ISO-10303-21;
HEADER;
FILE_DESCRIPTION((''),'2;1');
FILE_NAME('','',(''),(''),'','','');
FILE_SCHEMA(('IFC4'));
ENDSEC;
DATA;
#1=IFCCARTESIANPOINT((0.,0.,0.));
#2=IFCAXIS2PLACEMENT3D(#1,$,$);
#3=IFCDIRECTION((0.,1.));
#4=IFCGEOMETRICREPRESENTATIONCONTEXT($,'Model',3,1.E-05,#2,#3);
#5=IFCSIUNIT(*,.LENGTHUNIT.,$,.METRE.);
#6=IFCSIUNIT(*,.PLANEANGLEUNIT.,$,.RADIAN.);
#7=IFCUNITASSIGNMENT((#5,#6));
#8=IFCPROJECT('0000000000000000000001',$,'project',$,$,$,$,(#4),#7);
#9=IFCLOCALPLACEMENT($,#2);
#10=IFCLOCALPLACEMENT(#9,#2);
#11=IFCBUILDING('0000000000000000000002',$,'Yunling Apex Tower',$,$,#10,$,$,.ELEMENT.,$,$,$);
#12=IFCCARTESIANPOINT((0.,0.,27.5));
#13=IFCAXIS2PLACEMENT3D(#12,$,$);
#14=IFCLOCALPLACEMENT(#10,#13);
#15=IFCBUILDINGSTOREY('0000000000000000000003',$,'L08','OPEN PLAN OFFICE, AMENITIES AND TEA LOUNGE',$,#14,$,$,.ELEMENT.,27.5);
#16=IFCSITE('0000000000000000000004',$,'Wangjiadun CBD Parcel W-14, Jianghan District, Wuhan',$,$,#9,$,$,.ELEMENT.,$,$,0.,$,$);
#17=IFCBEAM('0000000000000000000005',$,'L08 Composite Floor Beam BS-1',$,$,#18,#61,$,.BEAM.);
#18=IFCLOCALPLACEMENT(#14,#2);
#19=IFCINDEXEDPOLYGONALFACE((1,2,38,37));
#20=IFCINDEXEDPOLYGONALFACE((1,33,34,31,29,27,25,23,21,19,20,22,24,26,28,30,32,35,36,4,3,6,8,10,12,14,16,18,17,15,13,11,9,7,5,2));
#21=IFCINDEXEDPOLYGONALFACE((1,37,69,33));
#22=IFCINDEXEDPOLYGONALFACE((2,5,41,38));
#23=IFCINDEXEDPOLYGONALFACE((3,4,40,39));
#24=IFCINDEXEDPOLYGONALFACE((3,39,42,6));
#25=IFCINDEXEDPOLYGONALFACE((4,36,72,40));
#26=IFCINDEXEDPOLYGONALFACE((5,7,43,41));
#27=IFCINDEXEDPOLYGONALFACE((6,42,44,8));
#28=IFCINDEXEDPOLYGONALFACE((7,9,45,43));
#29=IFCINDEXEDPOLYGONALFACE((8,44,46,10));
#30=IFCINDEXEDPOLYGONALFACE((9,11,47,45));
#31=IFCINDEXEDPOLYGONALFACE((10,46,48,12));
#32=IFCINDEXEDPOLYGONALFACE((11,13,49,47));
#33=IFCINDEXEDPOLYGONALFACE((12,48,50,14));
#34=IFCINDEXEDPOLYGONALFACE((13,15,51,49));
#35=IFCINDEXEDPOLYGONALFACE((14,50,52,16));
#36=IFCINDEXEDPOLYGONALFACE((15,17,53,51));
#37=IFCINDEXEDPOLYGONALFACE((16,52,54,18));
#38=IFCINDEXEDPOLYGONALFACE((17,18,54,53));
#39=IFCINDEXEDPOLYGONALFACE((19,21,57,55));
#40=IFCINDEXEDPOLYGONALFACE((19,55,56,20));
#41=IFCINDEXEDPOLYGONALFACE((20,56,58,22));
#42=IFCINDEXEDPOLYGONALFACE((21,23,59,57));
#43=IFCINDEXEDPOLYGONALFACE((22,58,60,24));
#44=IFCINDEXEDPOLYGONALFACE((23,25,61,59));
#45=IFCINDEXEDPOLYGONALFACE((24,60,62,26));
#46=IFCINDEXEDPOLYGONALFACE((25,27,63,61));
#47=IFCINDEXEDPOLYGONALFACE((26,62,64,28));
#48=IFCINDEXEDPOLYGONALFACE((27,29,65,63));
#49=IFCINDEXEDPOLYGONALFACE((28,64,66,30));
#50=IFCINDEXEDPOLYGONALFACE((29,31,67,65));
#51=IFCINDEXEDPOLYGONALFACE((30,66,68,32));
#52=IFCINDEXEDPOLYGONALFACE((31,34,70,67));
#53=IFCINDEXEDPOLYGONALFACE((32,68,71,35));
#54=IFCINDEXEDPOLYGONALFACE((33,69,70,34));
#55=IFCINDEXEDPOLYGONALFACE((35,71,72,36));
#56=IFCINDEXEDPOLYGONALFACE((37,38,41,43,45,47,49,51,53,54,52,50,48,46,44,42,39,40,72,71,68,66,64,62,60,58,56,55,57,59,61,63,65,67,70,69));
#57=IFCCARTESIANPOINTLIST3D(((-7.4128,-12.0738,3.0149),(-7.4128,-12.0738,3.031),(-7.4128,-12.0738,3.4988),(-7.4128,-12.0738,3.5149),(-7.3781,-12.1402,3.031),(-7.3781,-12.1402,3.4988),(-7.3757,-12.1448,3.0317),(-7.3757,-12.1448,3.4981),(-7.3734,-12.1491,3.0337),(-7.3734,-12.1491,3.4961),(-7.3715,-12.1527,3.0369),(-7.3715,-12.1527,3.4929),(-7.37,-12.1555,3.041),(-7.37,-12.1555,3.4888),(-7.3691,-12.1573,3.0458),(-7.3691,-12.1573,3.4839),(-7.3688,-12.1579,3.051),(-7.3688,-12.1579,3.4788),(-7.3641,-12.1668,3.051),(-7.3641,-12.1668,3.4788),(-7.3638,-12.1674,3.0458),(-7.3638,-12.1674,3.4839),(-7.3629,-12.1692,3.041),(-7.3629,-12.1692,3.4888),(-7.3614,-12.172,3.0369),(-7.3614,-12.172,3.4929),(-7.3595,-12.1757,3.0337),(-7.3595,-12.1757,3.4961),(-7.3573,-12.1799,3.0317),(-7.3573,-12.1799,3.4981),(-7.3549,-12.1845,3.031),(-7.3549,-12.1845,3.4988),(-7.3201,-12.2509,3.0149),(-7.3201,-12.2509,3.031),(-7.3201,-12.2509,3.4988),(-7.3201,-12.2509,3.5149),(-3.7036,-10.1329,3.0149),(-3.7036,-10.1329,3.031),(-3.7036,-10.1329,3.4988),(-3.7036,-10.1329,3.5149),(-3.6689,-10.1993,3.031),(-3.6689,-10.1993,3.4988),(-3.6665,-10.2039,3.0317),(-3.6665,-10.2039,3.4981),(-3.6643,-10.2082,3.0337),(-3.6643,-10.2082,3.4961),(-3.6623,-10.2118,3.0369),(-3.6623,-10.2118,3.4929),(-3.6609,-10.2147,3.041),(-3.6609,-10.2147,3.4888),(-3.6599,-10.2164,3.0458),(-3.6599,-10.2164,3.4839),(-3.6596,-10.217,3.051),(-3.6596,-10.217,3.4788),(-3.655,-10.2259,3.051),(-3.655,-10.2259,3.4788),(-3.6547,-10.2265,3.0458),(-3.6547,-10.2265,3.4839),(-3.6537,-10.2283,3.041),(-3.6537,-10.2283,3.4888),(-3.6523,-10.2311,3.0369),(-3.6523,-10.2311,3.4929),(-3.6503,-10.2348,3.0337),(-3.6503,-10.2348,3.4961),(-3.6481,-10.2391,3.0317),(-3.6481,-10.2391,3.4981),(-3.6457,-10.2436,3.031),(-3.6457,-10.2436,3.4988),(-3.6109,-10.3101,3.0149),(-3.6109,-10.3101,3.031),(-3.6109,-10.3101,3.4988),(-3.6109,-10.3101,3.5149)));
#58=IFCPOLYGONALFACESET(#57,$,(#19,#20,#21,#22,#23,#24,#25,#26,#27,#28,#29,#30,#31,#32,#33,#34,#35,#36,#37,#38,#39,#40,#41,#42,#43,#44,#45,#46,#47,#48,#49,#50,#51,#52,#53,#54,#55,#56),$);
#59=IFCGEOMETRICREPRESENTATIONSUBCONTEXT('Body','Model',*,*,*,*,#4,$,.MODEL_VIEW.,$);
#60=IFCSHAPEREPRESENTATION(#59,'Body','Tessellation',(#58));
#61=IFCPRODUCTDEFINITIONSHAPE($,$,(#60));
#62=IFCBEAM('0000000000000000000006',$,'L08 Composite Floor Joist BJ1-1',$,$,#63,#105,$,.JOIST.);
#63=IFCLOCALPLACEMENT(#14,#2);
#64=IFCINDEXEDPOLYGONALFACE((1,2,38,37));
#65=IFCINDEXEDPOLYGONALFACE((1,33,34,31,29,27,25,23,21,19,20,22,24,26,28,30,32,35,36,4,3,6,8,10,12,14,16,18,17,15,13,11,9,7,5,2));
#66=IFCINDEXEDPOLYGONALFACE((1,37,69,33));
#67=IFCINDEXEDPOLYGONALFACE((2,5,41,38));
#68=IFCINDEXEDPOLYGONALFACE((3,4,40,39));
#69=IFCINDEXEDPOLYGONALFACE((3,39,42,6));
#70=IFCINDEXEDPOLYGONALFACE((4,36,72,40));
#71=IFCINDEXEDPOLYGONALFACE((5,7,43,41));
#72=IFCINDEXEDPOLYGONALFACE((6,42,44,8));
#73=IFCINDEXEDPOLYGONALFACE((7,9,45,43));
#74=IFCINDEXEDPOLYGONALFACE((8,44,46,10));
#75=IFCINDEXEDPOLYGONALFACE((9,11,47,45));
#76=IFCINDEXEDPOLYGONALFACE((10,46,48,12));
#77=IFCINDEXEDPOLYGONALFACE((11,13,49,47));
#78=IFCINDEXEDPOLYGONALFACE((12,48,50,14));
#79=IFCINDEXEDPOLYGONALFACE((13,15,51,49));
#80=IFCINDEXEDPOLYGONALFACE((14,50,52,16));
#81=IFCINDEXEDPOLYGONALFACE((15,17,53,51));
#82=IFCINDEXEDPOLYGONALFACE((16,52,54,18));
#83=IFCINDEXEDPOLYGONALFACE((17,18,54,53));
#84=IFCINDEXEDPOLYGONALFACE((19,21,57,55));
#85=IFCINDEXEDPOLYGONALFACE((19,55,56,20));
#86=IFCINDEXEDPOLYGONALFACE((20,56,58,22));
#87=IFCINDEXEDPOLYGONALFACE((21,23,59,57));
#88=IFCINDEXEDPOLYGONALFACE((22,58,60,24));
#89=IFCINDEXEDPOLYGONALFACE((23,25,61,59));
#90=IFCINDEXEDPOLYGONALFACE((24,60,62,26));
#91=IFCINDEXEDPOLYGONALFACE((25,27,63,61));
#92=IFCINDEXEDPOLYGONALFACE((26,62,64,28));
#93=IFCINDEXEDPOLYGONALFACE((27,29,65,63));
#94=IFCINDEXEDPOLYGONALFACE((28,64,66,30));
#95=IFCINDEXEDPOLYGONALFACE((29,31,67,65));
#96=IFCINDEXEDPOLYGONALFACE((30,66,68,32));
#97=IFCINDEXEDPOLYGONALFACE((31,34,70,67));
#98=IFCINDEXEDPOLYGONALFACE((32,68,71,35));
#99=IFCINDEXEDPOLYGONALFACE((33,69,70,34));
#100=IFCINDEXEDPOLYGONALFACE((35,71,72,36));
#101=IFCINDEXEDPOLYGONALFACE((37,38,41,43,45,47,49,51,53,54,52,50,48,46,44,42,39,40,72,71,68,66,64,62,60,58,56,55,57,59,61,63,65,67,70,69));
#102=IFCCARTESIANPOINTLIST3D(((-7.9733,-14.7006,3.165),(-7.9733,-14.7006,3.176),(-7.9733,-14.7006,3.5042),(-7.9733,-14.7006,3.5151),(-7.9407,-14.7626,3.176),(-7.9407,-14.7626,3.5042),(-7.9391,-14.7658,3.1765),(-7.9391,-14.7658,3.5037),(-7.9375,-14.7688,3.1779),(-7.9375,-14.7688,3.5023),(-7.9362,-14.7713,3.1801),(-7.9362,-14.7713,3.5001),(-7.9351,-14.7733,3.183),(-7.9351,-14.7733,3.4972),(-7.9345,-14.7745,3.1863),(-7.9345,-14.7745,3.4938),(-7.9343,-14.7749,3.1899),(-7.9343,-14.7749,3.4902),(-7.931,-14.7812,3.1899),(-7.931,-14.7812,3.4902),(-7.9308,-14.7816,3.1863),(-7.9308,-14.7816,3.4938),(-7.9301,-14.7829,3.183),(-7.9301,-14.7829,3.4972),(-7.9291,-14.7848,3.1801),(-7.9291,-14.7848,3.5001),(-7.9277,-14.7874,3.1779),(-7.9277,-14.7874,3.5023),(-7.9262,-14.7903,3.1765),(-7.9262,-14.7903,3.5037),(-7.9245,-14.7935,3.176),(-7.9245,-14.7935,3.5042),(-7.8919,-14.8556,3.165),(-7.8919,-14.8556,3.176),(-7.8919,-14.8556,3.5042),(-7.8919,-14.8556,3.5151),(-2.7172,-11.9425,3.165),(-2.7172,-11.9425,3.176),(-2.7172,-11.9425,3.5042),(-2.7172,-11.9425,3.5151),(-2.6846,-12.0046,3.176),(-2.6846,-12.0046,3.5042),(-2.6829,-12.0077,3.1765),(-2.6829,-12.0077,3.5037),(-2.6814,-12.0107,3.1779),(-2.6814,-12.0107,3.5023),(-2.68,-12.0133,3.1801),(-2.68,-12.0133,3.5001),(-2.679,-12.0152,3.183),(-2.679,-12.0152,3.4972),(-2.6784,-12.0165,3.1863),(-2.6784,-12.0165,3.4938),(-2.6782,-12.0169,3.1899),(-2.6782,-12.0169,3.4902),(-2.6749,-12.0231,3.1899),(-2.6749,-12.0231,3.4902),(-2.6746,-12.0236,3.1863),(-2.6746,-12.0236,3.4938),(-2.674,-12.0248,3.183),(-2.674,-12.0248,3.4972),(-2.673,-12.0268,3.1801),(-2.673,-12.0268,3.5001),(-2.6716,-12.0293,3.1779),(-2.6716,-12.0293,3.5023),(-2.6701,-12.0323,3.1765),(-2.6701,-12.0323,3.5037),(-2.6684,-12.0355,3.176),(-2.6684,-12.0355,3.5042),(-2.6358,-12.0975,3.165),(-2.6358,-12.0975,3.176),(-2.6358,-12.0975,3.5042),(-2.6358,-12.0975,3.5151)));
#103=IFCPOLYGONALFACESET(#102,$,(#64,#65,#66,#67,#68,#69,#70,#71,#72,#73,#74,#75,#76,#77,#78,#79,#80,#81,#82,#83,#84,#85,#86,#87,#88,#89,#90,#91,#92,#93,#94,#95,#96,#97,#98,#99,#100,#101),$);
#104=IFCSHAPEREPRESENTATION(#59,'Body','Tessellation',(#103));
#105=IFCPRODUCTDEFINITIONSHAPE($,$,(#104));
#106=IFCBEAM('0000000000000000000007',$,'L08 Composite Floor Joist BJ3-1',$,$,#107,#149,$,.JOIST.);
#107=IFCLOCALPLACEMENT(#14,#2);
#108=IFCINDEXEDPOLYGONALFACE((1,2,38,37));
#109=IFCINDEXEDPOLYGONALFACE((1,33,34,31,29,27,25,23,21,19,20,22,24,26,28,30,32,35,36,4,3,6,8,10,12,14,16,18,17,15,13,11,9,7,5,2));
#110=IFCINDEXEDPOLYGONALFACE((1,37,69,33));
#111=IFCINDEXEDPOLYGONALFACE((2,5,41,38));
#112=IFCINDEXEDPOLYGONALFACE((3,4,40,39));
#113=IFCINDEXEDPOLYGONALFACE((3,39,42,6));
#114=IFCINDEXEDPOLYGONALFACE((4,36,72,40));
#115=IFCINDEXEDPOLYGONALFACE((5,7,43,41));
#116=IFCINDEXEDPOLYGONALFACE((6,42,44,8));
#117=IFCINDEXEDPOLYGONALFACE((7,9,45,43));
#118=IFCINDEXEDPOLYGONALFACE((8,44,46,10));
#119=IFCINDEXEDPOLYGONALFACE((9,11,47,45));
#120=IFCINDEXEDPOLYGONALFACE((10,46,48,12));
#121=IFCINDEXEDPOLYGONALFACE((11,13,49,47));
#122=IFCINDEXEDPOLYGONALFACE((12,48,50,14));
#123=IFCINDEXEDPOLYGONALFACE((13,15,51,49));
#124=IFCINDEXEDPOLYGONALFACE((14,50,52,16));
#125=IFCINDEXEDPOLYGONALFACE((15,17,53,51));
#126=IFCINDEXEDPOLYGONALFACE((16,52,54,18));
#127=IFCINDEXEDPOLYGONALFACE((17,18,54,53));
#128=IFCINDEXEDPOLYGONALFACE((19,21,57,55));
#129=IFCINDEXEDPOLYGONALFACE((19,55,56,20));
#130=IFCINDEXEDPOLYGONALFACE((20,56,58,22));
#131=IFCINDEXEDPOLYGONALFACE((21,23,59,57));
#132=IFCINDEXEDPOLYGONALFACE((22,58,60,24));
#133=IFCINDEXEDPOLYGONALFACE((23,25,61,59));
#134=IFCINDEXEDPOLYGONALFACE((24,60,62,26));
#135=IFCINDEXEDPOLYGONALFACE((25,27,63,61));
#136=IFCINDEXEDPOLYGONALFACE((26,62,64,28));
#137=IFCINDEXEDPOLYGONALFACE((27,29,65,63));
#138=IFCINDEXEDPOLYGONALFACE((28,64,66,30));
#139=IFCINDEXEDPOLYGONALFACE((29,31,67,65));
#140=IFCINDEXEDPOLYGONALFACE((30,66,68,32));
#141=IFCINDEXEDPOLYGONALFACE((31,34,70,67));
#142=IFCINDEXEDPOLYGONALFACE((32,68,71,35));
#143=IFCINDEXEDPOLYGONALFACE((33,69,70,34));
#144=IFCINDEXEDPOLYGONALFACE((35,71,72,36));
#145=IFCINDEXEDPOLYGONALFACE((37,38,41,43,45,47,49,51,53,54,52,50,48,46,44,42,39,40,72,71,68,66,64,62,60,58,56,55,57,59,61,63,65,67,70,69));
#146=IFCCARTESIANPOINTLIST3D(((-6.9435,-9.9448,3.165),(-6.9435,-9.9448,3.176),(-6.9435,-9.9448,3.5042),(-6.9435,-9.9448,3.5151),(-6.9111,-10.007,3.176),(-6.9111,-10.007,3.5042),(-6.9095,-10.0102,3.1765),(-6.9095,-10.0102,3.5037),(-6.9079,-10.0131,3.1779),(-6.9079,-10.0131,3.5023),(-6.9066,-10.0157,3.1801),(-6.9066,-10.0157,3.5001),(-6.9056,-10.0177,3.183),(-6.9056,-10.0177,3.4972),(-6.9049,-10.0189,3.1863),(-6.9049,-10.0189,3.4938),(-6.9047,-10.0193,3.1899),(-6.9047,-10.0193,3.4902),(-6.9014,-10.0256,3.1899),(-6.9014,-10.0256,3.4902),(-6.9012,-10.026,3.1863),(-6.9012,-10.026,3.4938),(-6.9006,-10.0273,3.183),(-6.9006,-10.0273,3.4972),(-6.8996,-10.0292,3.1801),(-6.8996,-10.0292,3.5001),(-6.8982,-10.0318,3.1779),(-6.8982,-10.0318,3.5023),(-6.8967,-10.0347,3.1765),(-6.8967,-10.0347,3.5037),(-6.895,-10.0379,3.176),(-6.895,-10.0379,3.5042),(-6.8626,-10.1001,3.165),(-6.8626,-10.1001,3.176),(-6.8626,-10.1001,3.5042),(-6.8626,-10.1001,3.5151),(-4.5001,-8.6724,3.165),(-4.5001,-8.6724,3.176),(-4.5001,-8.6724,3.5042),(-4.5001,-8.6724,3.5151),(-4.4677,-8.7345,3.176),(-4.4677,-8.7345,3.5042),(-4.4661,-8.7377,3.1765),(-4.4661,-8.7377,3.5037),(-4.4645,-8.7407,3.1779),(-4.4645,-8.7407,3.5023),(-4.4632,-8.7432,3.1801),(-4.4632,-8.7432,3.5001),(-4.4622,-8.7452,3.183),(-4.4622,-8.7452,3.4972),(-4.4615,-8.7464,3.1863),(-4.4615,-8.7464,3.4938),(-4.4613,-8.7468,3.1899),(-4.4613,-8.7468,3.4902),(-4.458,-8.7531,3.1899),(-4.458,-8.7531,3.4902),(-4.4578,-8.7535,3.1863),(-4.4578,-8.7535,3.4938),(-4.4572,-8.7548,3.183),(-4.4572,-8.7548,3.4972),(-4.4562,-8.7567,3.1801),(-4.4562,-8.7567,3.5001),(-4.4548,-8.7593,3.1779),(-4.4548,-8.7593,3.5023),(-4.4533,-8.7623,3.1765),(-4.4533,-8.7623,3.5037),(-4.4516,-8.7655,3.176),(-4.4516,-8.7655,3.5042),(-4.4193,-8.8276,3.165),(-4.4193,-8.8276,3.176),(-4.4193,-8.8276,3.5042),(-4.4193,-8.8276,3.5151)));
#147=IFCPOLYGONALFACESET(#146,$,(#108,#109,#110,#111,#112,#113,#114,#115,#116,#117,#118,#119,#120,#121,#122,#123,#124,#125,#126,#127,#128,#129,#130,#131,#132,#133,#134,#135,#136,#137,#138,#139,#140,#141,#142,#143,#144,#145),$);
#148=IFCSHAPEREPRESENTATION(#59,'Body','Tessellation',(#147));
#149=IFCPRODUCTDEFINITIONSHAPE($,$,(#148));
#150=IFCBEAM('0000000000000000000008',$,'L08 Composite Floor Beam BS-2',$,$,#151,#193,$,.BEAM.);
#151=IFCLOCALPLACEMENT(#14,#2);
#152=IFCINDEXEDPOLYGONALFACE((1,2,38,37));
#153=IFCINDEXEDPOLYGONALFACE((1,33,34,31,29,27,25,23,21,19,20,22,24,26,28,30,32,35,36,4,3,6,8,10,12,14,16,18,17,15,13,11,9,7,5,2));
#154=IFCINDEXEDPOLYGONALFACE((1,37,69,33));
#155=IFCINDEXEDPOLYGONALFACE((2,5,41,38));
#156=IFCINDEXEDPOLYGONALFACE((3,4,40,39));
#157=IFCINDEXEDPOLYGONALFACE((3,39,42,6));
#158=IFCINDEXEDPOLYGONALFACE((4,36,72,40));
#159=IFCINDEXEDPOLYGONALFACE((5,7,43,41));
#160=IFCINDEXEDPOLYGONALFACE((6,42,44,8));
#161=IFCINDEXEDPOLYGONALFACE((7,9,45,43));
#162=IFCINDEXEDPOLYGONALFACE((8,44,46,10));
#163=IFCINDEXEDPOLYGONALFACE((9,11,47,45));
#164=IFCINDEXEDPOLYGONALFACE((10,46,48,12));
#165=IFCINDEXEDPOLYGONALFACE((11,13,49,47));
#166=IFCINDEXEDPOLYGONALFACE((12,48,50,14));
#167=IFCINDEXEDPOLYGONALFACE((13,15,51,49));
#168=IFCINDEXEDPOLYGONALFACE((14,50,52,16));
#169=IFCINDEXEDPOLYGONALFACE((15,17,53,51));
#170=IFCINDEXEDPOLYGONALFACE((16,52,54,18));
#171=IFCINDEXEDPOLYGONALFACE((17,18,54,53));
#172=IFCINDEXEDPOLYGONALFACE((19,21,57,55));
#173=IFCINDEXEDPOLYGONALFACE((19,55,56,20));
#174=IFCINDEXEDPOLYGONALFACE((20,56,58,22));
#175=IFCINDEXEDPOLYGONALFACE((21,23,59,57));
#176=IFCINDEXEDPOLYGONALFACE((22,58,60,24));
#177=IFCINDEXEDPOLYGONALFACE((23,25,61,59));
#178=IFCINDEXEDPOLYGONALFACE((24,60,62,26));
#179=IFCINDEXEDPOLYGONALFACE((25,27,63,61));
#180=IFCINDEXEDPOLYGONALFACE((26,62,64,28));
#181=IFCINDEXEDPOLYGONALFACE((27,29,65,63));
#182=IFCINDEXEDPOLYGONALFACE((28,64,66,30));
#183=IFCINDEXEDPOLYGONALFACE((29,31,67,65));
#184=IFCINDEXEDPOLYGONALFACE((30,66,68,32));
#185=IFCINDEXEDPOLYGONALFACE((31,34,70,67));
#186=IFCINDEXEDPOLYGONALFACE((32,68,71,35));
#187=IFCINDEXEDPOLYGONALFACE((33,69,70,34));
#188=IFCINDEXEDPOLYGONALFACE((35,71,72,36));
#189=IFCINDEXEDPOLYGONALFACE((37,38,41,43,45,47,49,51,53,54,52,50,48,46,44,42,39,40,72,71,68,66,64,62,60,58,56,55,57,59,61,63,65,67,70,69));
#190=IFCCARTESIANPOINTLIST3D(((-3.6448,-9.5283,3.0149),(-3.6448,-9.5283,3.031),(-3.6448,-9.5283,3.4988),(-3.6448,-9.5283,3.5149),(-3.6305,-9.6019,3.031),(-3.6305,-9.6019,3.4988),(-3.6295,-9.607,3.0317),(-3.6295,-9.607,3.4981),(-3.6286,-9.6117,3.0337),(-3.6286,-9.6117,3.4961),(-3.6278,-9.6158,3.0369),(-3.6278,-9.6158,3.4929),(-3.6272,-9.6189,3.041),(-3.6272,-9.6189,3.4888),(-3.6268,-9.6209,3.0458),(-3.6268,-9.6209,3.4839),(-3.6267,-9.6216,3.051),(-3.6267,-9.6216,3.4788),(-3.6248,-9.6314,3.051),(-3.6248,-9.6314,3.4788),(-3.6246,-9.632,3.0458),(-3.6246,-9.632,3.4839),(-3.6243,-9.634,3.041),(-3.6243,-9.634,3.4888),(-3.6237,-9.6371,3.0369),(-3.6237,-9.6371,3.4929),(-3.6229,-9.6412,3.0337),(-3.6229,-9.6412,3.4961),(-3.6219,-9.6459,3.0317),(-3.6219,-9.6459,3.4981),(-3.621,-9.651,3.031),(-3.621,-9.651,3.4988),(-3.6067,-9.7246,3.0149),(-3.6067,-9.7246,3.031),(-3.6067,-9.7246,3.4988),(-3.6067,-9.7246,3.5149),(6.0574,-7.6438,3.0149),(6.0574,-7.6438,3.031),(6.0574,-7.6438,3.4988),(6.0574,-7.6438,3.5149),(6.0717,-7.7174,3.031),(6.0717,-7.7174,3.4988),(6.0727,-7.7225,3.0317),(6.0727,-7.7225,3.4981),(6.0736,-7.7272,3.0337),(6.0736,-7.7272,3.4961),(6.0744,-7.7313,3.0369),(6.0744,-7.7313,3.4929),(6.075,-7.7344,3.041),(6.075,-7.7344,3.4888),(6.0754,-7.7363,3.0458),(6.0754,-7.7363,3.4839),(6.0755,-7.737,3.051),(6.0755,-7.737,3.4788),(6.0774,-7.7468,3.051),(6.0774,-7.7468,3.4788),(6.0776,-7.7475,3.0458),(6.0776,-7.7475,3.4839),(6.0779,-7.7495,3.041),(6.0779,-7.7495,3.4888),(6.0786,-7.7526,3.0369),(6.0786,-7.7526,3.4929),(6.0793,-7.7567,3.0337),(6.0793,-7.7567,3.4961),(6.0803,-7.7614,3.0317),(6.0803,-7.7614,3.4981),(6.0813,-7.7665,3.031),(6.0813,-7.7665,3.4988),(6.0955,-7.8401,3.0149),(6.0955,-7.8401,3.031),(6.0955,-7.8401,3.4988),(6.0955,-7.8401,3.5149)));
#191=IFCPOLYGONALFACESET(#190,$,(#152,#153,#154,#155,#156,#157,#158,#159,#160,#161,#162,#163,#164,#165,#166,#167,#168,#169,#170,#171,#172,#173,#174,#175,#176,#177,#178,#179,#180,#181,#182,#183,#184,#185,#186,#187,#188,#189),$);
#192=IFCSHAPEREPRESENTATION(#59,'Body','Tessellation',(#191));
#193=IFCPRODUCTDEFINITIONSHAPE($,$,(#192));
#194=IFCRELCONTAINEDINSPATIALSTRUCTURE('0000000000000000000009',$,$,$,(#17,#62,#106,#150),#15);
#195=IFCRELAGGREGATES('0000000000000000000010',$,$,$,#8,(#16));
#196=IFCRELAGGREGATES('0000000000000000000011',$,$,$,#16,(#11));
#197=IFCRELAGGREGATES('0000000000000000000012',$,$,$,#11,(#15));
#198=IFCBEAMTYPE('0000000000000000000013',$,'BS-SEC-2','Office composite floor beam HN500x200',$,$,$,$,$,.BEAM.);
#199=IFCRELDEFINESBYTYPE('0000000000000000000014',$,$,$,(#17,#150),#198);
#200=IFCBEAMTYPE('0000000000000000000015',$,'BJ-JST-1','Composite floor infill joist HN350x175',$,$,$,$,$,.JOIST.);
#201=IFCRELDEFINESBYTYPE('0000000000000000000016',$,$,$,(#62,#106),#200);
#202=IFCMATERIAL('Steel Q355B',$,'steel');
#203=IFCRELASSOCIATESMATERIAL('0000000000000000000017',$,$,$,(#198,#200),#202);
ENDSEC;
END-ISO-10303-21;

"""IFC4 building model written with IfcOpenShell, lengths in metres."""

from ifc_helpers import new_model, si_unit, direction, frame, origin, origin_2d, place, context, subcontext, project, spatial, i_section, extrude, source, transform, mapped, material, material_profile, profile_set, type_object, element, save


model = new_model("IFC4")

# Units and contexts
model_context = context("Model", 3, precision=1e-05, world=origin(), true_north=direction((0.0, 1.0)))
body_context = subcontext(model_context, "Body", "Model", "MODEL_VIEW")
ifc_project = project(units=[si_unit("LENGTHUNIT", "METRE"), si_unit("PLANEANGLEUNIT", "RADIAN")], contexts=[model_context])

# Site, building, storey
site_placement = place(None, origin())
site = spatial("IfcSite", under=ifc_project, at=site_placement, Name="Wangjiadun CBD Parcel W-14, Jianghan District, Wuhan", CompositionType="ELEMENT", RefElevation=0.0)
building_placement = place(site_placement, origin())
building = spatial("IfcBuilding", under=site, at=building_placement, Name="Yunling Apex Tower", CompositionType="ELEMENT")
storey_placement = place(building_placement, frame((0.0, 0.0, 27.5)))
storey = spatial("IfcBuildingStorey", under=building, at=storey_placement, Name="L08", Description="OPEN PLAN OFFICE, AMENITIES AND TEA LOUNGE", CompositionType="ELEMENT", Elevation=27.5)

# Beams
ifc_material_1 = material(Name="Steel Q355B", Category="steel")
ifc_material_profile_1 = material_profile(ifc_material_1, i_section(OverallWidth=0.2, OverallDepth=0.5, WebThickness=0.01, FlangeThickness=0.0161, FilletRadius=0.02, at=origin_2d()))
ifc_profile_set_1 = profile_set([ifc_material_profile_1], Name="Steel Q355B")
beam_type_1 = type_object("IfcBeamType", Name="BS-SEC-2", Description="Office composite floor beam HN500x200", PredefinedType="BEAM", material=ifc_profile_set_1)
shared_shape_1 = source(origin(), body_context, "Body", "SweptSolid", [
    extrude(i_section(OverallWidth=0.2, OverallDepth=0.5, WebThickness=0.01, FlangeThickness=0.0161, FilletRadius=0.02, at=origin_2d()), origin(), (0.0, 0.0, 1.0), 4.1863),
])
beam_1_placement = place(storey_placement, frame((-7.3665, -12.1624, 3.2649), z_axis=(0.886029, 0.46363, 0.0), x_axis=(-0.46363, 0.886029, 0.0)))
element("IfcBeam", 1, at=beam_1_placement, inside=storey, type_object=beam_type_1, Name="L08 Composite Floor Beam BS-1", PredefinedType="BEAM", context=body_context, shape_type="MappedRepresentation", body=[
    mapped(shared_shape_1, transform((0.0, 0.0, 0.0), scale=1.0)),
])
ifc_material_profile_2 = material_profile(ifc_material_1, i_section(OverallWidth=0.175, OverallDepth=0.3501, WebThickness=0.0071, FlangeThickness=0.011, FilletRadius=0.0139, at=origin_2d()))
ifc_profile_set_2 = profile_set([ifc_material_profile_2], Name="Steel Q355B")
beam_type_2 = type_object("IfcBeamType", Name="BJ-JST-1", Description="Composite floor infill joist HN350x175", PredefinedType="JOIST", material=ifc_profile_set_2)
shared_shape_2 = source(origin(), body_context, "Body", "SweptSolid", [
    extrude(i_section(OverallWidth=0.175, OverallDepth=0.3501, WebThickness=0.0071, FlangeThickness=0.011, FilletRadius=0.0139, at=origin_2d()), origin(), (0.0, 0.0, 1.0), 5.9358),
])
beam_2_placement = place(storey_placement, frame((-7.9326, -14.7781, 3.3401), z_axis=(0.885495, 0.464649, 0.0), x_axis=(-0.464649, 0.885495, 0.0)))
element("IfcBeam", 2, at=beam_2_placement, inside=storey, type_object=beam_type_2, Name="L08 Composite Floor Joist BJ1-1", PredefinedType="JOIST", context=body_context, shape_type="MappedRepresentation", body=[
    mapped(shared_shape_2, transform((0.0, 0.0, 0.0), scale=1.0)),
])
shared_shape_3 = source(origin(), body_context, "Body", "SweptSolid", [
    extrude(i_section(OverallWidth=0.175, OverallDepth=0.3501, WebThickness=0.0071, FlangeThickness=0.011, FilletRadius=0.0139, at=origin_2d()), origin(), (0.0, 0.0, 1.0), 2.7549),
])
beam_3_placement = place(storey_placement, frame((-6.9031, -10.0225, 3.3401), z_axis=(0.886932, 0.4619, 0.0), x_axis=(-0.4619, 0.886932, 0.0)))
element("IfcBeam", 3, at=beam_3_placement, inside=storey, type_object=beam_type_2, Name="L08 Composite Floor Joist BJ3-1", PredefinedType="JOIST", context=body_context, shape_type="MappedRepresentation", body=[
    mapped(shared_shape_3, transform((0.0, 0.0, 0.0), scale=1.0)),
])
shared_shape_4 = source(origin(), body_context, "Body", "SweptSolid", [
    extrude(i_section(OverallWidth=0.2, OverallDepth=0.5, WebThickness=0.01, FlangeThickness=0.0161, FilletRadius=0.02, at=origin_2d()), origin(), (0.0, 0.0, 1.0), 9.8835),
])
beam_4_placement = place(storey_placement, frame((-3.6257, -9.6265, 3.2649), z_axis=(0.981653, 0.190674, 0.0), x_axis=(-0.190674, 0.981653, 0.0)))
element("IfcBeam", 4, at=beam_4_placement, inside=storey, type_object=beam_type_1, Name="L08 Composite Floor Beam BS-2", PredefinedType="BEAM", context=body_context, shape_type="MappedRepresentation", body=[
    mapped(shared_shape_4, transform((0.0, 0.0, 0.0), scale=1.0)),
])

save(model, "model.ifc")
